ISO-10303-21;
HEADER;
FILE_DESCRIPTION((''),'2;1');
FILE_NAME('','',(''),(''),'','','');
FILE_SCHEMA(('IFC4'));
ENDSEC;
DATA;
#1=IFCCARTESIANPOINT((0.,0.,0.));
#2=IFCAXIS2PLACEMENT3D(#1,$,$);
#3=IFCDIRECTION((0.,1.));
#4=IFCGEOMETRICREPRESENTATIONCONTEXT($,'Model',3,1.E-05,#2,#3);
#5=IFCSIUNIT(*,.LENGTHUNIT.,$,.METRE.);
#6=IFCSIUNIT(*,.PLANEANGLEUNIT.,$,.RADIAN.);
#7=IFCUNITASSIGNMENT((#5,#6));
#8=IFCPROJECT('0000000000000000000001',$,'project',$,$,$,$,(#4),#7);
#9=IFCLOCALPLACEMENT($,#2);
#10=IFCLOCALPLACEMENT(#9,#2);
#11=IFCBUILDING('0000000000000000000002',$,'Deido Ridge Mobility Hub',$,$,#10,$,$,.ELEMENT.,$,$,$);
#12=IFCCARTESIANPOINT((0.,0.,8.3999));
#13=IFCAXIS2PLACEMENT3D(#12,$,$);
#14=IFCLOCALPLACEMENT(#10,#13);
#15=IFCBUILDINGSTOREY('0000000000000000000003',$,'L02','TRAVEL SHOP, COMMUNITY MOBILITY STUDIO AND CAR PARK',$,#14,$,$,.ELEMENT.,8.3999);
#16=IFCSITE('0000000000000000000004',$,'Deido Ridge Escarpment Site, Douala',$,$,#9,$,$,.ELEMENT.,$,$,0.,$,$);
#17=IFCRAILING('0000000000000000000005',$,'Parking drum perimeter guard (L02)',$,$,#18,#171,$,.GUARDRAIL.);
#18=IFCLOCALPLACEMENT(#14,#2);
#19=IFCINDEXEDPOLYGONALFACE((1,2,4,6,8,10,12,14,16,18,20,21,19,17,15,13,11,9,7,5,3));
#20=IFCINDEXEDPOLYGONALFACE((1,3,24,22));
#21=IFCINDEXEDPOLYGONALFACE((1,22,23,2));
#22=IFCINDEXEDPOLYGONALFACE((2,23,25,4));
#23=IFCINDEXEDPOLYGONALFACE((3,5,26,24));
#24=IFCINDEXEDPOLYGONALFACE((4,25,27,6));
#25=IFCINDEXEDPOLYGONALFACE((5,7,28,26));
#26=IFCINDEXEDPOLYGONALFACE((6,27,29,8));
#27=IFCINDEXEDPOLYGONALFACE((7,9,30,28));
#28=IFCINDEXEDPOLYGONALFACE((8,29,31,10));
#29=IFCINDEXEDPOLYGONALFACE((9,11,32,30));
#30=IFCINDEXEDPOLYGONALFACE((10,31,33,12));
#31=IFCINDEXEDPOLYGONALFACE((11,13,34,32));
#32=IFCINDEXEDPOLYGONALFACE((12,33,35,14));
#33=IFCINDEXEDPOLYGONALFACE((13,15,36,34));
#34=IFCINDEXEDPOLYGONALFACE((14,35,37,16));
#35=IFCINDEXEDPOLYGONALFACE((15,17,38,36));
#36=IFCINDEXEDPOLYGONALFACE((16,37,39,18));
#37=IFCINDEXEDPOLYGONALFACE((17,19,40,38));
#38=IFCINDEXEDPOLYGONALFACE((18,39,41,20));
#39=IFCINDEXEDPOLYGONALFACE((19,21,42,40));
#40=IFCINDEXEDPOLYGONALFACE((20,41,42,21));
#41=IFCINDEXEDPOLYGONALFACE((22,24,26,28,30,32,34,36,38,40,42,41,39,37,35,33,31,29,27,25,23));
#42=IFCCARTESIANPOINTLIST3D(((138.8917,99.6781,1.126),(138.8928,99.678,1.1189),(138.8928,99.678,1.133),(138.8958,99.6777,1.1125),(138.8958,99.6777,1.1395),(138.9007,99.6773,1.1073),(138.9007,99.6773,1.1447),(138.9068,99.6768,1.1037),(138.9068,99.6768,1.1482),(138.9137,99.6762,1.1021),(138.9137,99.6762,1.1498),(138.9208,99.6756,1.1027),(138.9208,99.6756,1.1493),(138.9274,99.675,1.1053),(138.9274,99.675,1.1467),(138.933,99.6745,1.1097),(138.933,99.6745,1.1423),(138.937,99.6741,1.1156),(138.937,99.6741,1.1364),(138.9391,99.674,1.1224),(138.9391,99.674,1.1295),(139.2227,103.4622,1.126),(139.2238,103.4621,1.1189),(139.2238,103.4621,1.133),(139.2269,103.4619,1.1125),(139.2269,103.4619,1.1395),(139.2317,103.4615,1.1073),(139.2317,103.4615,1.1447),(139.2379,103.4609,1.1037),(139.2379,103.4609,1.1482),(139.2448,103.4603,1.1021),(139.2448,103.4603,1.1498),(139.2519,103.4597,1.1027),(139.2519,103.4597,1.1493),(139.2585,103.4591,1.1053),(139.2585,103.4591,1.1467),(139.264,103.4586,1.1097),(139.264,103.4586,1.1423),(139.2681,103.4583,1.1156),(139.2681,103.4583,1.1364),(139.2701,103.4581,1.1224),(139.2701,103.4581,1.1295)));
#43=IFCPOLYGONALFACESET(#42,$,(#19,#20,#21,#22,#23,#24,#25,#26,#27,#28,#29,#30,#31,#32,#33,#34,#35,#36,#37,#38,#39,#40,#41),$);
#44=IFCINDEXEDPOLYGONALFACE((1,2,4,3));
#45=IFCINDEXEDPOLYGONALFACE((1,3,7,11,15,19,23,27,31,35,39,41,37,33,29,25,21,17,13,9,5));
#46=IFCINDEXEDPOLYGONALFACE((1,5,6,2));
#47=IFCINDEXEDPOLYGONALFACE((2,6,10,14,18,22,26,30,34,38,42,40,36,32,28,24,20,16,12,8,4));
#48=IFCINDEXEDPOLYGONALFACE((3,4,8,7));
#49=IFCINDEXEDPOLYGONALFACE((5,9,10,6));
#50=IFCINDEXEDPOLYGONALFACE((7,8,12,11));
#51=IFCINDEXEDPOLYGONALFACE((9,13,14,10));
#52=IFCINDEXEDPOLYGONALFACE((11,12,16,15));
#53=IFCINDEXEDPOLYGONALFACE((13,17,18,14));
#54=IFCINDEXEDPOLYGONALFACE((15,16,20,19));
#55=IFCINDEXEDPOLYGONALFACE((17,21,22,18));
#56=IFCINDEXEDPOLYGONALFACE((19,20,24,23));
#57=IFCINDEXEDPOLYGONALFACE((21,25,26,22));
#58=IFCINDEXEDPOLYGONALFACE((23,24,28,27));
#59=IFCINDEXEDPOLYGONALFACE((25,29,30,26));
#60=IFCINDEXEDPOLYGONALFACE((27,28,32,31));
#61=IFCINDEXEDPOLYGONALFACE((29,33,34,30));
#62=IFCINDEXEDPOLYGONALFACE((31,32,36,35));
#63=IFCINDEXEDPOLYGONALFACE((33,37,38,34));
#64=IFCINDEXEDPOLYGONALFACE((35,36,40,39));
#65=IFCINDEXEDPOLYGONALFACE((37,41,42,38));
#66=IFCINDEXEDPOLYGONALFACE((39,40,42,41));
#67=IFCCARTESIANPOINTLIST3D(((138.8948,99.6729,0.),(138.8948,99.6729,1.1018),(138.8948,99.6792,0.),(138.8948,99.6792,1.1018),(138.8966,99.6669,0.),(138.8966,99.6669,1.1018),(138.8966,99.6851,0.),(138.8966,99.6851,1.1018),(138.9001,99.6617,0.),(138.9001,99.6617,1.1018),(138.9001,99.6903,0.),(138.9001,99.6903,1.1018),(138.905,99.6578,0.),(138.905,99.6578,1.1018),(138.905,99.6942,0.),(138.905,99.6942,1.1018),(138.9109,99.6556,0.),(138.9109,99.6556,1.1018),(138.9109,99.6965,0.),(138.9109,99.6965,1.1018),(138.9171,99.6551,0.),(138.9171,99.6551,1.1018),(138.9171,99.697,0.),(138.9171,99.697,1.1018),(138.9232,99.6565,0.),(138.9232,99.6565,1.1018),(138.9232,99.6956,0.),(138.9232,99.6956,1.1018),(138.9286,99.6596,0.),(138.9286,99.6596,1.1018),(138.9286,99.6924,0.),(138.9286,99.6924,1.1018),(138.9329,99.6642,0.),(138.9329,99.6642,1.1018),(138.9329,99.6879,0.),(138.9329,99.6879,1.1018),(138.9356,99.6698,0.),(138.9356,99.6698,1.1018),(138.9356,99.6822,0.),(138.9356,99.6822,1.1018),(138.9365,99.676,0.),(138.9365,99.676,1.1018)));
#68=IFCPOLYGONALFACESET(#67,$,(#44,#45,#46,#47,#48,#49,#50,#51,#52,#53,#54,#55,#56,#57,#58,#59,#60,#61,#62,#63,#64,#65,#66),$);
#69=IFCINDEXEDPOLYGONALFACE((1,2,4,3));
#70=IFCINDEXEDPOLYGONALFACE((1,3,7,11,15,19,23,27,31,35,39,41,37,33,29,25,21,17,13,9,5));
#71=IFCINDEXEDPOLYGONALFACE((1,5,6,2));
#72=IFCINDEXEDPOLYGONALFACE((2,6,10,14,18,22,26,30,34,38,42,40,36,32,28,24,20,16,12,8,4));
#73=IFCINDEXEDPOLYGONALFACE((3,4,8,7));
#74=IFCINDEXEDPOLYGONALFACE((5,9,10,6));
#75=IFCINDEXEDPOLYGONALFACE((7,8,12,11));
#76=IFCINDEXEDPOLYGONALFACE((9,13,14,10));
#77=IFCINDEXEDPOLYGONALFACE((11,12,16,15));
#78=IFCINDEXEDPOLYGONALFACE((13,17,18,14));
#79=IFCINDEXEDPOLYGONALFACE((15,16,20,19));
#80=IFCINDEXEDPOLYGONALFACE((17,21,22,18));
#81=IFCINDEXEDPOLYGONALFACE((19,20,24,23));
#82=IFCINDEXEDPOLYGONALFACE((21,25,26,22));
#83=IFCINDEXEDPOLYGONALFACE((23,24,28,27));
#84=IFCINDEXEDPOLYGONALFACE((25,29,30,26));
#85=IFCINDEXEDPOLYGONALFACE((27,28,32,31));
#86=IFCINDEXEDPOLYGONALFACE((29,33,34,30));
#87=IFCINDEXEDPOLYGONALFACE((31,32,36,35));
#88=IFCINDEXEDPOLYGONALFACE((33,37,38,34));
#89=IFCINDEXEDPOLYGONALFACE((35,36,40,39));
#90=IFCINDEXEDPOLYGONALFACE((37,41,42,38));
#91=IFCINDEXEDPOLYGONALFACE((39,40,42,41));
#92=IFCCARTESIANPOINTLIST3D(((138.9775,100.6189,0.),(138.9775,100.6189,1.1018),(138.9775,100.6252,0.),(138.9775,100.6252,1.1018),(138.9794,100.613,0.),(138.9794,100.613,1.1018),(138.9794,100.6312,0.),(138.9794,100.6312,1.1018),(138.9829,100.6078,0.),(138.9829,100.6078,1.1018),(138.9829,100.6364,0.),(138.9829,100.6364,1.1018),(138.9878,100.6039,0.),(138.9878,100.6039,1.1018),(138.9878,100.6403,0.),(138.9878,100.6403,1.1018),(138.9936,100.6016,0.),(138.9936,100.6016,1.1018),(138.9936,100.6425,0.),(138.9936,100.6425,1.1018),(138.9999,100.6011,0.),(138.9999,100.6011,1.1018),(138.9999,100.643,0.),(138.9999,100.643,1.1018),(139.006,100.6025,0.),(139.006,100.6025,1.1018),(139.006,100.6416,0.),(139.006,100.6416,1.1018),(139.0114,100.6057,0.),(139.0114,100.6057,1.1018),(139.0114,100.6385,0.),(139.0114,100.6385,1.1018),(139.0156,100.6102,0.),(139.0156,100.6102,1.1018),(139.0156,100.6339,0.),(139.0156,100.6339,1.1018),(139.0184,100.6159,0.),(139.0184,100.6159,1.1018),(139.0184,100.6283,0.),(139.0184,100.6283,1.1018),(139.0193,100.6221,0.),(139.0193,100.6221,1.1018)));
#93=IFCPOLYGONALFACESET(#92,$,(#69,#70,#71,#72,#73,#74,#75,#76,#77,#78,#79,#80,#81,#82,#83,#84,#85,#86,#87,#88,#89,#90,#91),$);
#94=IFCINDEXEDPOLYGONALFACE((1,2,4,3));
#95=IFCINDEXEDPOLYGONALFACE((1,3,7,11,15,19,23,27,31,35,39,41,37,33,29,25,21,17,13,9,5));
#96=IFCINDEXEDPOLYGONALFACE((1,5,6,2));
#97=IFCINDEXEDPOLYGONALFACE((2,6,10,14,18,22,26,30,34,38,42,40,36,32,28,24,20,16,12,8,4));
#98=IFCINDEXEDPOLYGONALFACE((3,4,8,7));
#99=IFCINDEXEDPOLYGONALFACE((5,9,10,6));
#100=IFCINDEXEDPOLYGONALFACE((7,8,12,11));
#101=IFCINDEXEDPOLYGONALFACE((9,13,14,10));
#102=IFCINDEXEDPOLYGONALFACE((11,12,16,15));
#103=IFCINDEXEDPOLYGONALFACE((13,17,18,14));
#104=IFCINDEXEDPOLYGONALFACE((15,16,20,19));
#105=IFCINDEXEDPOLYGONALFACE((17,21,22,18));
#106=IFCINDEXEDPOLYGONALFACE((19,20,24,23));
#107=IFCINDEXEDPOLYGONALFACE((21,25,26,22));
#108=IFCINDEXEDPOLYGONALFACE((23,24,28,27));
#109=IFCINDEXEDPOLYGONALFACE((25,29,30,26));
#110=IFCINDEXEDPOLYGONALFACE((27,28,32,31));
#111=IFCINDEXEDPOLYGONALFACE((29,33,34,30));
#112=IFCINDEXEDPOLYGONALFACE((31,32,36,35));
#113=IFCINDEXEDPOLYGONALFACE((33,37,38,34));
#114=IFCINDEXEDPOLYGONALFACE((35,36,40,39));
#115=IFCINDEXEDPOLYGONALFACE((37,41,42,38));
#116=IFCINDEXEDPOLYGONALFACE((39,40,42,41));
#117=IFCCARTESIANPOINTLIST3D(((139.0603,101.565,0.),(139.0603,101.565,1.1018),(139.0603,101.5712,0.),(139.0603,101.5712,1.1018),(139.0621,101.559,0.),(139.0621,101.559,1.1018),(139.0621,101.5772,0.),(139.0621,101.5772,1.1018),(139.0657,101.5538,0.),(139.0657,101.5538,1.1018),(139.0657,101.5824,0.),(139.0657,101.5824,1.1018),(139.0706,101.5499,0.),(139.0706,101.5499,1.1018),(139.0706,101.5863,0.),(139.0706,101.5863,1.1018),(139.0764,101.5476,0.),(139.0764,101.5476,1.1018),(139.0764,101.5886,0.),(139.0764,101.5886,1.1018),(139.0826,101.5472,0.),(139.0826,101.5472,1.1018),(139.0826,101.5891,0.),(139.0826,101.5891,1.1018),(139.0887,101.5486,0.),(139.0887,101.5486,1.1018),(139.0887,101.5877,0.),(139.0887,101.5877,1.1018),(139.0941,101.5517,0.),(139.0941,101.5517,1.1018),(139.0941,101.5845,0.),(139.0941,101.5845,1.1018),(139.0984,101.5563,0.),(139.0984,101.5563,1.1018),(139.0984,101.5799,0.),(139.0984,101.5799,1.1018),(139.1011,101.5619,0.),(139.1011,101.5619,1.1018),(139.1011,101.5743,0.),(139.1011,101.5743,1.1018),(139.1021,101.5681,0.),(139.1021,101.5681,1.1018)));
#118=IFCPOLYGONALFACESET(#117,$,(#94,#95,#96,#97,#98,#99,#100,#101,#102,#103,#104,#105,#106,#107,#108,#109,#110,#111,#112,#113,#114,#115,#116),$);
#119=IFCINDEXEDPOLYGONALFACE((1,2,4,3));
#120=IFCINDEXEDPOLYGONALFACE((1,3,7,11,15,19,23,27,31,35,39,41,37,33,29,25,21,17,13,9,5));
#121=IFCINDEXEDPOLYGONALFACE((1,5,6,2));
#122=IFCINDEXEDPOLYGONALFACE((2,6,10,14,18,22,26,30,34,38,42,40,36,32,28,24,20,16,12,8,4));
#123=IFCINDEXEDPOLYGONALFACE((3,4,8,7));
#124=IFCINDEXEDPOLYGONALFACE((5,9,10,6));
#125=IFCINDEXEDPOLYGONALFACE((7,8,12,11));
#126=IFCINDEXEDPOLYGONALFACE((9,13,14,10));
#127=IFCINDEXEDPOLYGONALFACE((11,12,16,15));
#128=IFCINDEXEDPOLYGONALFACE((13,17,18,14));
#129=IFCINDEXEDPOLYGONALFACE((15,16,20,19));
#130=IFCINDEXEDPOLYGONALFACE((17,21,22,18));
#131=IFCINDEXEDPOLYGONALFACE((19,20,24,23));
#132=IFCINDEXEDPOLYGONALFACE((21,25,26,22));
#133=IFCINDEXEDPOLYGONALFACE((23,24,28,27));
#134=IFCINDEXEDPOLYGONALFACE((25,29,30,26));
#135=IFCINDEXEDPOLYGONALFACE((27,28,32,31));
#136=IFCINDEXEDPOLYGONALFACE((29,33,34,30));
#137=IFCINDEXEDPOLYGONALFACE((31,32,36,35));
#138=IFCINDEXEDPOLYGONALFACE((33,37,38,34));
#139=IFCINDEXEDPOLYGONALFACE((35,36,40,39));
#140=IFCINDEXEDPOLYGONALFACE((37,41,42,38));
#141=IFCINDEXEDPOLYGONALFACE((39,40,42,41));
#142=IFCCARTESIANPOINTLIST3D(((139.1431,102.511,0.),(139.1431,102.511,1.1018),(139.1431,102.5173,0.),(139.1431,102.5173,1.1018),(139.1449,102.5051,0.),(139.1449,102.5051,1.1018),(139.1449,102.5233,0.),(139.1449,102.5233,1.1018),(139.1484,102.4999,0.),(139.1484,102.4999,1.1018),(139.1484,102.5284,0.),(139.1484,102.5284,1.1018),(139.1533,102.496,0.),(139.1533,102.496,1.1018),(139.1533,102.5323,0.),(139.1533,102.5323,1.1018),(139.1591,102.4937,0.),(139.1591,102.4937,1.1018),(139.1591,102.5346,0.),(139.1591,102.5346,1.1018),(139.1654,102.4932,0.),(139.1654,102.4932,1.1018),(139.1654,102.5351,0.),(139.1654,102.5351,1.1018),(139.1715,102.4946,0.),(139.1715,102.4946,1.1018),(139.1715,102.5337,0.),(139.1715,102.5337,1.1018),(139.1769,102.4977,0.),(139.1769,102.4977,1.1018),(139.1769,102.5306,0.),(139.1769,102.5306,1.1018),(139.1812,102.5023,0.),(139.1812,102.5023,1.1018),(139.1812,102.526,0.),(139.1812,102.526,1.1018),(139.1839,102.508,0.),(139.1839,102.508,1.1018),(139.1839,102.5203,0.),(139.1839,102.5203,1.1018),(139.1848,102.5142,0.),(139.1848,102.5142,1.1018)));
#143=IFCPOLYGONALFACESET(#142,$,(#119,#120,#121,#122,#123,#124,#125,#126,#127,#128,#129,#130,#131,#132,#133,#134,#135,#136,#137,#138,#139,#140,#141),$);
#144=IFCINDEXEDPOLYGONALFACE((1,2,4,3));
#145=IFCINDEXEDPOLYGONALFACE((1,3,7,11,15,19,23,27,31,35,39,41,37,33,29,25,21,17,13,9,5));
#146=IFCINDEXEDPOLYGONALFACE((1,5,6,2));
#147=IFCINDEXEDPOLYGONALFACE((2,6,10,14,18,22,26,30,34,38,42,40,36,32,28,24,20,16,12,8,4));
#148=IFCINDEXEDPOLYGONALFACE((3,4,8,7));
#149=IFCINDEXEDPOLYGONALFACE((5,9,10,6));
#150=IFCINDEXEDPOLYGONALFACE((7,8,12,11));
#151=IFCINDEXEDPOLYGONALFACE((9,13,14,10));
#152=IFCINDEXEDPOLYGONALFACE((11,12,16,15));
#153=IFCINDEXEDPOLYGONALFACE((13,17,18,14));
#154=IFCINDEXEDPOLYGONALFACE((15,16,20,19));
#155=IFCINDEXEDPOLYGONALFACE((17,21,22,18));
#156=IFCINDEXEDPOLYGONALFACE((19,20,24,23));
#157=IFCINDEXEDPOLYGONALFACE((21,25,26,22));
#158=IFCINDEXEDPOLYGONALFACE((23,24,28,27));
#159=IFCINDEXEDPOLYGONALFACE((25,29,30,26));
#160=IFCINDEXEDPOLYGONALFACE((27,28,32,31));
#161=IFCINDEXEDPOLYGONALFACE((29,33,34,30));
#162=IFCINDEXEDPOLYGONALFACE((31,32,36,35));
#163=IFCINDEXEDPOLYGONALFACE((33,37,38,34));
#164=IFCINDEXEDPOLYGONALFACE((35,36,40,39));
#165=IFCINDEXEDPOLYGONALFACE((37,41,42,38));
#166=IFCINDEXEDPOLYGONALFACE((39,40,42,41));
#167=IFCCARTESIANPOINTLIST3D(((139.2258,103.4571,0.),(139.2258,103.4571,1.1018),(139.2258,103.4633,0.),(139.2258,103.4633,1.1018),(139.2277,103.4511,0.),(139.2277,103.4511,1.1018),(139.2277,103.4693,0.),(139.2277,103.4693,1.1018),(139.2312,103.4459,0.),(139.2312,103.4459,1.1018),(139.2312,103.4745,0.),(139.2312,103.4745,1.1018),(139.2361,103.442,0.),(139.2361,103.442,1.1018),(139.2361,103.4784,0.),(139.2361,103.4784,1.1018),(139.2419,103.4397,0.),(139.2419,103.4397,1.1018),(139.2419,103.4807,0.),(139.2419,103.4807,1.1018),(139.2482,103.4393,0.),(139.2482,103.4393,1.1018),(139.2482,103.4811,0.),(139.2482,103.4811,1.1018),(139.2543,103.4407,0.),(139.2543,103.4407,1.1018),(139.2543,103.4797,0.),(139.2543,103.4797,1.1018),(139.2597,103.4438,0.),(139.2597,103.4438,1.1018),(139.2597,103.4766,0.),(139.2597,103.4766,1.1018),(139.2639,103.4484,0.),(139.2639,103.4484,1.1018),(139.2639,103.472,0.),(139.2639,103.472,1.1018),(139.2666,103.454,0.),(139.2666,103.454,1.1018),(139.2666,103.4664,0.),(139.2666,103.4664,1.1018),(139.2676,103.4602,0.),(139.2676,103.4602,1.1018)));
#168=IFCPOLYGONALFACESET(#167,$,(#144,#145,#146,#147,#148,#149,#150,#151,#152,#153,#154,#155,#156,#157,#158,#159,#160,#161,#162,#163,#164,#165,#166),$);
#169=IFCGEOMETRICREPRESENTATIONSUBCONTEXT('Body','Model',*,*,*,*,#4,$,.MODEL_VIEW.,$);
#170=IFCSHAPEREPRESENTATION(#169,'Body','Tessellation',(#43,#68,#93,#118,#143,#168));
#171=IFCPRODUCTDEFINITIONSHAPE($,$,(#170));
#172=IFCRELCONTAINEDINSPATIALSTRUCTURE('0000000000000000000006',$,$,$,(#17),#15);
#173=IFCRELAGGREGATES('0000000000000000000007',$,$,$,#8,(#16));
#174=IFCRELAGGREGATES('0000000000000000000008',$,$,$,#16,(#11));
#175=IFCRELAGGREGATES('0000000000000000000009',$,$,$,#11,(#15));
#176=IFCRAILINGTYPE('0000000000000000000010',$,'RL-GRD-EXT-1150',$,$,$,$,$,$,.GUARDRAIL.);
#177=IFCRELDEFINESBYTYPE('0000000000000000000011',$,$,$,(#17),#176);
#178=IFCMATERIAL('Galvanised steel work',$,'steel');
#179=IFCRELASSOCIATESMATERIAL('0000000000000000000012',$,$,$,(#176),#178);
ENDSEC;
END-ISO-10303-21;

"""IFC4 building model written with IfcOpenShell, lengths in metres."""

from ifc_helpers import new_model, si_unit, direction, frame, origin, origin_2d, place, context, subcontext, project, spatial, circle, extrude, material, type_object, element, save


model = new_model("IFC4")

# Units and contexts
model_context = context("Model", 3, precision=1e-05, world=origin(), true_north=direction((0.0, 1.0)))
body_context = subcontext(model_context, "Body", "Model", "MODEL_VIEW")
ifc_project = project(units=[si_unit("LENGTHUNIT", "METRE"), si_unit("PLANEANGLEUNIT", "RADIAN")], contexts=[model_context])

# Site, building, storey
site_placement = place(None, origin())
site = spatial("IfcSite", under=ifc_project, at=site_placement, Name="Deido Ridge Escarpment Site, Douala", CompositionType="ELEMENT", RefElevation=0.0)
building_placement = place(site_placement, origin())
building = spatial("IfcBuilding", under=site, at=building_placement, Name="Deido Ridge Mobility Hub", CompositionType="ELEMENT")
storey_placement = place(building_placement, frame((0.0, 0.0, 8.3999)))
storey = spatial("IfcBuildingStorey", under=building, at=storey_placement, Name="L02", Description="TRAVEL SHOP, COMMUNITY MOBILITY STUDIO AND CAR PARK", CompositionType="ELEMENT", Elevation=8.3999)

# Railing
ifc_material_1 = material(Name="Galvanised steel work", Category="steel")
railing_type = type_object("IfcRailingType", Name="RL-GRD-EXT-1150", PredefinedType="GUARDRAIL", material=ifc_material_1)
railing_1_placement = place(storey_placement, frame((138.9155, 99.676, 0.0)))
element("IfcRailing", 1, at=railing_1_placement, inside=storey, type_object=railing_type, Name="Parking drum perimeter guard (L02)", PredefinedType="GUARDRAIL", context=body_context, shape_type="SweptSolid", body=[
    extrude(circle(Radius=0.0239, at=origin_2d()), frame((0.0, 0.0, 1.126), z_axis=(0.087151, 0.996195, 0.0), x_axis=(-0.996195, 0.087151, 0.0)), (0.0, 0.0, 1.0), 3.7986),
    extrude(circle(Radius=0.021, at=origin_2d()), origin(), (0.0, 0.0, 1.0), 1.1018),
    extrude(circle(Radius=0.021, at=origin_2d()), frame((0.0828, 0.946, 0.0)), (0.0, 0.0, 1.0), 1.1018),
    extrude(circle(Radius=0.021, at=origin_2d()), frame((0.1655, 1.8921, 0.0)), (0.0, 0.0, 1.0), 1.1018),
    extrude(circle(Radius=0.021, at=origin_2d()), frame((0.2483, 2.8381, 0.0)), (0.0, 0.0, 1.0), 1.1018),
    extrude(circle(Radius=0.021, at=origin_2d()), frame((0.3311, 3.7842, 0.0)), (0.0, 0.0, 1.0), 1.1018),
])

save(model, "model.ifc")
